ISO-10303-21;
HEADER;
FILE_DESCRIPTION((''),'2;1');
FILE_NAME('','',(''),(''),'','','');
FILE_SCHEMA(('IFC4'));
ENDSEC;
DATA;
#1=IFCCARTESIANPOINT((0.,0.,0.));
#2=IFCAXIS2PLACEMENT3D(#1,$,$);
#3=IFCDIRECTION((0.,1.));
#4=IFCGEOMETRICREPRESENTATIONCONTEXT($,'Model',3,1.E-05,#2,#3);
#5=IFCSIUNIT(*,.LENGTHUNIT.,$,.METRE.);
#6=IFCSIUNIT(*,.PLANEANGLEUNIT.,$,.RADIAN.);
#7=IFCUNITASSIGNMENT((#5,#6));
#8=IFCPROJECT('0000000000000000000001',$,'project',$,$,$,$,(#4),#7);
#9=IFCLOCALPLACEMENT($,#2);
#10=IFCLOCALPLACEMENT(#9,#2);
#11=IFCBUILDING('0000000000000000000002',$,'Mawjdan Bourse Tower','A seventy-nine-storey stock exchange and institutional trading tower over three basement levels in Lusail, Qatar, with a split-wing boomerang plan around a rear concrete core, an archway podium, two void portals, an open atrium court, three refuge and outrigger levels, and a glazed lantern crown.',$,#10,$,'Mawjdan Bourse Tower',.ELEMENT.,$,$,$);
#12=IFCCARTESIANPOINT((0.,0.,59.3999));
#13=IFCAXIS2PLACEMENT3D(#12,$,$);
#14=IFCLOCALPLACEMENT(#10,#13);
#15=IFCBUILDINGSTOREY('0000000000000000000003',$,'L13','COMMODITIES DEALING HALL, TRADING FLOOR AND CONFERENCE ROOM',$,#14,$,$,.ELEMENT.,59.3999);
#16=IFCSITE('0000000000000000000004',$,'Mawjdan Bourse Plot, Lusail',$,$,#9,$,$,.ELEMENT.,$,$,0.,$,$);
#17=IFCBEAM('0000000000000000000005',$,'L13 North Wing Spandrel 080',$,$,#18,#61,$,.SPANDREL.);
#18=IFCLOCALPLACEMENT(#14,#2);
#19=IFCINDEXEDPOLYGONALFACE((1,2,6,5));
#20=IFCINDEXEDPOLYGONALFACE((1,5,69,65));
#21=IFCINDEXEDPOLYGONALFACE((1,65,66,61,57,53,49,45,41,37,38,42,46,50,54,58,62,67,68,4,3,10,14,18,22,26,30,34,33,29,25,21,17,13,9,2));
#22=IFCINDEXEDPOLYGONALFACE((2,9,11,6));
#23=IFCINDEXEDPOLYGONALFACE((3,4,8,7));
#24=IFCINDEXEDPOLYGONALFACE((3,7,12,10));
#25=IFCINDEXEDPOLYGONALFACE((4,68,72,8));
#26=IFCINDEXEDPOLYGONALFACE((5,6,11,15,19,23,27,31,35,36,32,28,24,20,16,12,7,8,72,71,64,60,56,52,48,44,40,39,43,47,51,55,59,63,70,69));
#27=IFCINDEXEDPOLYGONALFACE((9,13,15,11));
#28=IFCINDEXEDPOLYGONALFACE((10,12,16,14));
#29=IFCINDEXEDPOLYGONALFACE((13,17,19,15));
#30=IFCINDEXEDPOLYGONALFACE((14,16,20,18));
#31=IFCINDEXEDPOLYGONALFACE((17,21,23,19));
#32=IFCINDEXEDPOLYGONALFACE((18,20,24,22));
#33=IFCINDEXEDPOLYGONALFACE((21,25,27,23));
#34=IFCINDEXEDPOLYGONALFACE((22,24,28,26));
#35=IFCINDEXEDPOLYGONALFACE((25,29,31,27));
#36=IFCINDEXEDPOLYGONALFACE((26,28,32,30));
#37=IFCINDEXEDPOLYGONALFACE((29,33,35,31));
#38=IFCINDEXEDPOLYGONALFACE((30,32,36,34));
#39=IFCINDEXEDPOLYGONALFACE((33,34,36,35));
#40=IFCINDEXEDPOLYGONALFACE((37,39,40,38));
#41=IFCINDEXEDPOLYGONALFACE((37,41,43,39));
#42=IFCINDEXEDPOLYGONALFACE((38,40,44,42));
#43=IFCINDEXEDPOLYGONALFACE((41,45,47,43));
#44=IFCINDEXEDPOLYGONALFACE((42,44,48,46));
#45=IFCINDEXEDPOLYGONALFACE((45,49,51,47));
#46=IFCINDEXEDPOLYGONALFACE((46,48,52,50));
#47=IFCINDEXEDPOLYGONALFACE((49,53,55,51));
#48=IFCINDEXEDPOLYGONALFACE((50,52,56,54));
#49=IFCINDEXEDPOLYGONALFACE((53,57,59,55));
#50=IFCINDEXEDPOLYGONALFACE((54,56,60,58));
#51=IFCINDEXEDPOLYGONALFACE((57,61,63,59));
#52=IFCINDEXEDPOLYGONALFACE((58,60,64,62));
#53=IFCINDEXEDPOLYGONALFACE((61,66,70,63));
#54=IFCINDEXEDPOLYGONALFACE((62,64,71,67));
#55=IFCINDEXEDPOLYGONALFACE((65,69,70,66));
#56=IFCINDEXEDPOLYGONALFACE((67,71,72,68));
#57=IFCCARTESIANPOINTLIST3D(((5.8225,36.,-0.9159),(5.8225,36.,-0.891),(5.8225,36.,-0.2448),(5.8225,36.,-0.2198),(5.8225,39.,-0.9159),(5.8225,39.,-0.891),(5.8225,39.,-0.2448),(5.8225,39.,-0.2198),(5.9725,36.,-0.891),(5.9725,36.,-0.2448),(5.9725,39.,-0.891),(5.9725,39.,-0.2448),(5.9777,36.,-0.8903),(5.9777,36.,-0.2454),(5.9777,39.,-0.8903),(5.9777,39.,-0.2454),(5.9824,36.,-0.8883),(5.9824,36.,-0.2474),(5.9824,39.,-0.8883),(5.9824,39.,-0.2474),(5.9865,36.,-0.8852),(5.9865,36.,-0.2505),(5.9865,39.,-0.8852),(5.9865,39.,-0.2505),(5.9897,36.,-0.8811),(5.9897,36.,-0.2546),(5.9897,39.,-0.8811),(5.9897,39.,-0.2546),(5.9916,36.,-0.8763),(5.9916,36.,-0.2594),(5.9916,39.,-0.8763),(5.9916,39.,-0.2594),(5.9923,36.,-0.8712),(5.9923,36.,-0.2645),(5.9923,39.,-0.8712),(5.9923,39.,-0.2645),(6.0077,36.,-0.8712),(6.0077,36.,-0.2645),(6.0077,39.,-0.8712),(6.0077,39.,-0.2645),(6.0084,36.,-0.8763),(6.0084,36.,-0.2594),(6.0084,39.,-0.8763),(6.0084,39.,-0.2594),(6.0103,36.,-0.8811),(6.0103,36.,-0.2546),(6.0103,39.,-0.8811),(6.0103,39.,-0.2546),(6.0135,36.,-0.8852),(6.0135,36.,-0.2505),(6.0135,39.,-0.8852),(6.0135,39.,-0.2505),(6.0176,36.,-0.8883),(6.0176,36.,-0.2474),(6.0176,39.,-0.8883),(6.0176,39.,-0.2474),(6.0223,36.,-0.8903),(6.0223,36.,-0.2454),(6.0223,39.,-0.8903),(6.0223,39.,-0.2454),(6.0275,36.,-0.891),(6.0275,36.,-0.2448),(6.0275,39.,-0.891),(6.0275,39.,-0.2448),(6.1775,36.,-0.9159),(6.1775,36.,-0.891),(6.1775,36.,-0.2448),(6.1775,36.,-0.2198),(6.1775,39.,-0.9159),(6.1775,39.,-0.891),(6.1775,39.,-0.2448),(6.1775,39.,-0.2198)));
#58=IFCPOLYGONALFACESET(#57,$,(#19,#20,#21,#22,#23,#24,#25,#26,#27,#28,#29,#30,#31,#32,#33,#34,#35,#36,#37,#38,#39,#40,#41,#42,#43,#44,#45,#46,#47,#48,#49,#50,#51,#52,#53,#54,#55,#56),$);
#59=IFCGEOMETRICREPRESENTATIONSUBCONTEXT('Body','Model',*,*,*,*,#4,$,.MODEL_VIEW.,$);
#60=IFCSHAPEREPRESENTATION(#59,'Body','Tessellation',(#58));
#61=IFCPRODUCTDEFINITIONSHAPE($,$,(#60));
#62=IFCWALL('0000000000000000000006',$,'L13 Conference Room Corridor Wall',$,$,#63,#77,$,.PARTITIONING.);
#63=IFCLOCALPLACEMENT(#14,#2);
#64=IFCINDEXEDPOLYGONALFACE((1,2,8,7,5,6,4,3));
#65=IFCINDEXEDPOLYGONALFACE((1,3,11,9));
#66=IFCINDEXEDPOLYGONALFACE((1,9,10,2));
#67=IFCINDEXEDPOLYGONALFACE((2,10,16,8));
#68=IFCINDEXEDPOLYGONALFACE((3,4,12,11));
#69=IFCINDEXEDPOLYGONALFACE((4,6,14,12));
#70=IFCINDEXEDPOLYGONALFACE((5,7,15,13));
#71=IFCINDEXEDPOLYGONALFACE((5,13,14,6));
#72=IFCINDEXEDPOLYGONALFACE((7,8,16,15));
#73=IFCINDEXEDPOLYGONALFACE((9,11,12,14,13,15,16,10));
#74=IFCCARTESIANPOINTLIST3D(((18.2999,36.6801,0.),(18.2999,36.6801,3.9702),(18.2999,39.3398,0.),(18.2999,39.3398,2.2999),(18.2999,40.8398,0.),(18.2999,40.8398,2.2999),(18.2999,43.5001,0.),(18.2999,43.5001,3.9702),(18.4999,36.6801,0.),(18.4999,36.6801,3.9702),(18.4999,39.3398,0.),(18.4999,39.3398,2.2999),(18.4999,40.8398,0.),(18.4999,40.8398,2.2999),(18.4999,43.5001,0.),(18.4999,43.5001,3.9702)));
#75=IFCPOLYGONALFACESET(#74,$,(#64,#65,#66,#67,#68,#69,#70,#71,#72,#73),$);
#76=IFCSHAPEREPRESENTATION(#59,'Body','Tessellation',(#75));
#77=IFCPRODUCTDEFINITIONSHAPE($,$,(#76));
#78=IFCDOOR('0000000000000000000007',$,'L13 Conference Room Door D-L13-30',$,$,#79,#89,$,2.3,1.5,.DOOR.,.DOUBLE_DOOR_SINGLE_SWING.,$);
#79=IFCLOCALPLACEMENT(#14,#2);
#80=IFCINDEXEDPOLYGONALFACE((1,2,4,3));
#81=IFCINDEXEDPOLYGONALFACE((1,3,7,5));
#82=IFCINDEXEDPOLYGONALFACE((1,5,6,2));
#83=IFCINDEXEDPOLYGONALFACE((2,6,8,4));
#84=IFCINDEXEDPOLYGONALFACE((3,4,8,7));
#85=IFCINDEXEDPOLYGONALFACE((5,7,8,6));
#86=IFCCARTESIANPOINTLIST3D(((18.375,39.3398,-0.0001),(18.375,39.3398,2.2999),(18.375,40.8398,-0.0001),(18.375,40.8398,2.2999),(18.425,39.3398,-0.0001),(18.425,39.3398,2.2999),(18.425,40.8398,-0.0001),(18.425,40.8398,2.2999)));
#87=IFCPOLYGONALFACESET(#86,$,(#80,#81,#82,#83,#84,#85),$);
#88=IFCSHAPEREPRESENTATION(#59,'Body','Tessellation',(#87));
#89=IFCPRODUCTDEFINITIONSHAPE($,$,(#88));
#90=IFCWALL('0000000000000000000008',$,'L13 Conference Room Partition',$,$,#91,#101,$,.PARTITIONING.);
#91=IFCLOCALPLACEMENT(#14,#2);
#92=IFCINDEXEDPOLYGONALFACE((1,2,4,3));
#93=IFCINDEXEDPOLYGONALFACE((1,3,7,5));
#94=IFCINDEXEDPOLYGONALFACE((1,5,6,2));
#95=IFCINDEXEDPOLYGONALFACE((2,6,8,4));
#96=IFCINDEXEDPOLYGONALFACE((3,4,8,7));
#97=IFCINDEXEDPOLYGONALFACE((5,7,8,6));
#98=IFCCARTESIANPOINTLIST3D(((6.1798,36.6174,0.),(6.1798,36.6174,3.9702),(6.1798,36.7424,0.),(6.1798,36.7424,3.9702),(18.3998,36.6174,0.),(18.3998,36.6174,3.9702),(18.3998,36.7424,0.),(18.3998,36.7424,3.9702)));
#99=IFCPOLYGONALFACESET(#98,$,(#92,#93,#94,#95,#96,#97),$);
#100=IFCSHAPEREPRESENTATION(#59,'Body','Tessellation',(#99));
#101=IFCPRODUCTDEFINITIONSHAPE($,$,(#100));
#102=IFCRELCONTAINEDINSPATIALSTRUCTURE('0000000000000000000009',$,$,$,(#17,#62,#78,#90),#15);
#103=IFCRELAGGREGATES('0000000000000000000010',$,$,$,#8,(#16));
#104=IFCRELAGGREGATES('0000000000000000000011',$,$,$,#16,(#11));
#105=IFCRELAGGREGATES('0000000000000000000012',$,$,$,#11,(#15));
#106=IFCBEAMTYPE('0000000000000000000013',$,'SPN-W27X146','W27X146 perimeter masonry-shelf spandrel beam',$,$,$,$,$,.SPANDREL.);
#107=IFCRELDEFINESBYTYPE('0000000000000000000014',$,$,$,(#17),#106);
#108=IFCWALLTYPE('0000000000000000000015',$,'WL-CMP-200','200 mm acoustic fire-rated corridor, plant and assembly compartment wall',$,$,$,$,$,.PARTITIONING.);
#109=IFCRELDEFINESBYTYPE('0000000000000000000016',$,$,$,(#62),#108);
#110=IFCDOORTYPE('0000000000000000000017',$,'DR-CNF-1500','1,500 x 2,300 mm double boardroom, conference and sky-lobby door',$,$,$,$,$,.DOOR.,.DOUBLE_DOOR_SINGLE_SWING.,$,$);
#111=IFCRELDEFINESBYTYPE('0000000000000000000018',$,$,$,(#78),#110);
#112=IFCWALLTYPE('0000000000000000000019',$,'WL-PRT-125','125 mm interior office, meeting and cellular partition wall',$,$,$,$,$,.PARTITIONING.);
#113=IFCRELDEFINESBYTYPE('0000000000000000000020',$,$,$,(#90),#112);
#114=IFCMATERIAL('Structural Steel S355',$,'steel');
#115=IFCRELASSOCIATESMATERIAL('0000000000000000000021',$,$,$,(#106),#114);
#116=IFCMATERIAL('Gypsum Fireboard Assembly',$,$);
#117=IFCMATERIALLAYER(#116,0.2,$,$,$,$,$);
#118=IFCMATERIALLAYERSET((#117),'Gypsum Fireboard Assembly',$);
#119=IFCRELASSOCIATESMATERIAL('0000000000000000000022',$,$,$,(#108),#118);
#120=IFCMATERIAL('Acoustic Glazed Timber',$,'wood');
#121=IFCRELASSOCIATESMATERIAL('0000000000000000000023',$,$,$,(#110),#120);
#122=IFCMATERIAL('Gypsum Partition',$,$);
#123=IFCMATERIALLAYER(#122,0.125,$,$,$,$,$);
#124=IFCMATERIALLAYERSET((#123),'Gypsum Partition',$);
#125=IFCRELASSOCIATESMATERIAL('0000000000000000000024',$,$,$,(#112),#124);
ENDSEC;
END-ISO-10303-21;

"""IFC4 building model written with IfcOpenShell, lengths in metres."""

from ifc_helpers import new_model, si_unit, direction, frame, frame_2d, origin, origin_2d, place, context, subcontext, project, spatial, rectangle, i_section, extrude, material, layer, layer_set, material_profile, profile_set, type_object, element, fill, save


model = new_model("IFC4")

# Units and contexts
model_context = context("Model", 3, precision=1e-05, world=origin(), true_north=direction((0.0, 1.0)))
body_context = subcontext(model_context, "Body", "Model", "MODEL_VIEW")
ifc_project = project(units=[si_unit("LENGTHUNIT", "METRE"), si_unit("PLANEANGLEUNIT", "RADIAN")], contexts=[model_context])

# Site, building, storey
site_placement = place(None, origin())
site = spatial("IfcSite", under=ifc_project, at=site_placement, Name="Mawjdan Bourse Plot, Lusail", CompositionType="ELEMENT", RefElevation=0.0)
building_placement = place(site_placement, origin())
building = spatial("IfcBuilding", under=site, at=building_placement, Name="Mawjdan Bourse Tower", Description="A seventy-nine-storey stock exchange and institutional trading tower over three basement levels in Lusail, Qatar, with a split-wing boomerang plan around a rear concrete core, an archway podium, two void portals, an open atrium court, three refuge and outrigger levels, and a glazed lantern crown.", LongName="Mawjdan Bourse Tower", CompositionType="ELEMENT")
storey_placement = place(building_placement, frame((0.0, 0.0, 59.3999)))
storey = spatial("IfcBuildingStorey", under=building, at=storey_placement, Name="L13", Description="COMMODITIES DEALING HALL, TRADING FLOOR AND CONFERENCE ROOM", CompositionType="ELEMENT", Elevation=59.3999)

# Beam
ifc_material_1 = material(Name="Structural Steel S355", Category="steel")
ifc_material_profile_1 = material_profile(ifc_material_1, i_section(OverallWidth=0.355, OverallDepth=0.696, WebThickness=0.0154, FlangeThickness=0.0249, FilletRadius=0.0198, at=origin_2d()), Name="W27X146")
ifc_profile_set_1 = profile_set([ifc_material_profile_1], Name="Structural Steel S355")
beam_type_1 = type_object("IfcBeamType", Name="SPN-W27X146", Description="W27X146 perimeter masonry-shelf spandrel beam", PredefinedType="SPANDREL", material=ifc_profile_set_1)
beam_1_placement = place(storey_placement, frame((6.0, 36.0, -0.5679), z_axis=(0.0, 1.0, 0.0), x_axis=(-1.0, 0.0, 0.0)))
element("IfcBeam", 1, at=beam_1_placement, inside=storey, type_object=beam_type_1, Name="L13 North Wing Spandrel 080", PredefinedType="SPANDREL", context=body_context, shape_type="SweptSolid", body=[
    extrude(i_section(OverallWidth=0.355, OverallDepth=0.696, WebThickness=0.0154, FlangeThickness=0.0249, FilletRadius=0.0198, at=origin_2d()), origin(), (0.0, 0.0, 1.0), 3.0),
])

# Wall, opening, door
ifc_material_2 = material(Name="Gypsum Fireboard Assembly")
ifc_layer_1 = layer(ifc_material_2, 0.2)
ifc_layer_set_1 = layer_set([ifc_layer_1], Name="Gypsum Fireboard Assembly")
wall_type_1 = type_object("IfcWallType", Name="WL-CMP-200", Description="200 mm acoustic fire-rated corridor, plant and assembly compartment wall", PredefinedType="PARTITIONING", material=ifc_layer_set_1)
wall_1_placement = place(storey_placement, frame((18.3999, 36.6799, 0.0), z_axis=(0.0, 0.0, 1.0), x_axis=(0.0, 1.0, 0.0)))
wall_1 = element("IfcWall", 2, at=wall_1_placement, inside=storey, type_object=wall_type_1, Name="L13 Conference Room Corridor Wall", PredefinedType="PARTITIONING", context=body_context, shape_type="SweptSolid", body=[
    extrude(rectangle(XDim=6.8201, YDim=0.2, at=frame_2d((3.4102, 0.0))), origin(), (0.0, 0.0, 1.0), 3.9702),
])
opening_placement = place(wall_1_placement, frame((2.6599, 0.0, 0.0)))
opening = element("IfcOpeningElement", 3, at=opening_placement, cuts=wall_1, PredefinedType="OPENING", context=body_context, shape_type="SweptSolid", body=[
    extrude(rectangle(XDim=1.5, YDim=2.3, at=frame_2d((0.75, 1.1499))), frame((0.0, 0.1099, 0.0), z_axis=(0.0, -1.0, 0.0), x_axis=(1.0, 0.0, 0.0)), (0.0, 0.0, 1.0), 0.22),
])
ifc_material_3 = material(Name="Acoustic Glazed Timber", Category="wood")
door_type = type_object("IfcDoorType", Name="DR-CNF-1500", Description="1,500 x 2,300 mm double boardroom, conference and sky-lobby door", OperationType="DOUBLE_DOOR_SINGLE_SWING", PredefinedType="DOOR", material=ifc_material_3)
door_placement = place(opening_placement, origin())
door = element("IfcDoor", 4, at=door_placement, inside=storey, type_object=door_type, Name="L13 Conference Room Door D-L13-30", OperationType="DOUBLE_DOOR_SINGLE_SWING", OverallHeight=2.3, OverallWidth=1.5, PredefinedType="DOOR", context=body_context, shape_type="SweptSolid", body=[
    extrude(rectangle(XDim=1.5, YDim=2.3, at=frame_2d((0.75, 1.1499))), frame((0.0, 0.0249, 0.0), z_axis=(0.0, -1.0, 0.0), x_axis=(1.0, 0.0, 0.0)), (0.0, 0.0, 1.0), 0.05),
])
fill(opening, door)

# Wall
ifc_material_4 = material(Name="Gypsum Partition")
ifc_layer_2 = layer(ifc_material_4, 0.125)
ifc_layer_set_2 = layer_set([ifc_layer_2], Name="Gypsum Partition")
wall_type_2 = type_object("IfcWallType", Name="WL-PRT-125", Description="125 mm interior office, meeting and cellular partition wall", PredefinedType="PARTITIONING", material=ifc_layer_set_2)
wall_2_placement = place(storey_placement, frame((6.1799, 36.6799, 0.0), z_axis=(0.0, 0.0, 1.0), x_axis=(1.0, 0.0, 0.0)))
element("IfcWall", 5, at=wall_2_placement, inside=storey, type_object=wall_type_2, Name="L13 Conference Room Partition", PredefinedType="PARTITIONING", context=body_context, shape_type="SweptSolid", body=[
    extrude(rectangle(XDim=12.22, YDim=0.125, at=frame_2d((6.1099, 0.0))), origin(), (0.0, 0.0, 1.0), 3.9702),
])

save(model, "model.ifc")
